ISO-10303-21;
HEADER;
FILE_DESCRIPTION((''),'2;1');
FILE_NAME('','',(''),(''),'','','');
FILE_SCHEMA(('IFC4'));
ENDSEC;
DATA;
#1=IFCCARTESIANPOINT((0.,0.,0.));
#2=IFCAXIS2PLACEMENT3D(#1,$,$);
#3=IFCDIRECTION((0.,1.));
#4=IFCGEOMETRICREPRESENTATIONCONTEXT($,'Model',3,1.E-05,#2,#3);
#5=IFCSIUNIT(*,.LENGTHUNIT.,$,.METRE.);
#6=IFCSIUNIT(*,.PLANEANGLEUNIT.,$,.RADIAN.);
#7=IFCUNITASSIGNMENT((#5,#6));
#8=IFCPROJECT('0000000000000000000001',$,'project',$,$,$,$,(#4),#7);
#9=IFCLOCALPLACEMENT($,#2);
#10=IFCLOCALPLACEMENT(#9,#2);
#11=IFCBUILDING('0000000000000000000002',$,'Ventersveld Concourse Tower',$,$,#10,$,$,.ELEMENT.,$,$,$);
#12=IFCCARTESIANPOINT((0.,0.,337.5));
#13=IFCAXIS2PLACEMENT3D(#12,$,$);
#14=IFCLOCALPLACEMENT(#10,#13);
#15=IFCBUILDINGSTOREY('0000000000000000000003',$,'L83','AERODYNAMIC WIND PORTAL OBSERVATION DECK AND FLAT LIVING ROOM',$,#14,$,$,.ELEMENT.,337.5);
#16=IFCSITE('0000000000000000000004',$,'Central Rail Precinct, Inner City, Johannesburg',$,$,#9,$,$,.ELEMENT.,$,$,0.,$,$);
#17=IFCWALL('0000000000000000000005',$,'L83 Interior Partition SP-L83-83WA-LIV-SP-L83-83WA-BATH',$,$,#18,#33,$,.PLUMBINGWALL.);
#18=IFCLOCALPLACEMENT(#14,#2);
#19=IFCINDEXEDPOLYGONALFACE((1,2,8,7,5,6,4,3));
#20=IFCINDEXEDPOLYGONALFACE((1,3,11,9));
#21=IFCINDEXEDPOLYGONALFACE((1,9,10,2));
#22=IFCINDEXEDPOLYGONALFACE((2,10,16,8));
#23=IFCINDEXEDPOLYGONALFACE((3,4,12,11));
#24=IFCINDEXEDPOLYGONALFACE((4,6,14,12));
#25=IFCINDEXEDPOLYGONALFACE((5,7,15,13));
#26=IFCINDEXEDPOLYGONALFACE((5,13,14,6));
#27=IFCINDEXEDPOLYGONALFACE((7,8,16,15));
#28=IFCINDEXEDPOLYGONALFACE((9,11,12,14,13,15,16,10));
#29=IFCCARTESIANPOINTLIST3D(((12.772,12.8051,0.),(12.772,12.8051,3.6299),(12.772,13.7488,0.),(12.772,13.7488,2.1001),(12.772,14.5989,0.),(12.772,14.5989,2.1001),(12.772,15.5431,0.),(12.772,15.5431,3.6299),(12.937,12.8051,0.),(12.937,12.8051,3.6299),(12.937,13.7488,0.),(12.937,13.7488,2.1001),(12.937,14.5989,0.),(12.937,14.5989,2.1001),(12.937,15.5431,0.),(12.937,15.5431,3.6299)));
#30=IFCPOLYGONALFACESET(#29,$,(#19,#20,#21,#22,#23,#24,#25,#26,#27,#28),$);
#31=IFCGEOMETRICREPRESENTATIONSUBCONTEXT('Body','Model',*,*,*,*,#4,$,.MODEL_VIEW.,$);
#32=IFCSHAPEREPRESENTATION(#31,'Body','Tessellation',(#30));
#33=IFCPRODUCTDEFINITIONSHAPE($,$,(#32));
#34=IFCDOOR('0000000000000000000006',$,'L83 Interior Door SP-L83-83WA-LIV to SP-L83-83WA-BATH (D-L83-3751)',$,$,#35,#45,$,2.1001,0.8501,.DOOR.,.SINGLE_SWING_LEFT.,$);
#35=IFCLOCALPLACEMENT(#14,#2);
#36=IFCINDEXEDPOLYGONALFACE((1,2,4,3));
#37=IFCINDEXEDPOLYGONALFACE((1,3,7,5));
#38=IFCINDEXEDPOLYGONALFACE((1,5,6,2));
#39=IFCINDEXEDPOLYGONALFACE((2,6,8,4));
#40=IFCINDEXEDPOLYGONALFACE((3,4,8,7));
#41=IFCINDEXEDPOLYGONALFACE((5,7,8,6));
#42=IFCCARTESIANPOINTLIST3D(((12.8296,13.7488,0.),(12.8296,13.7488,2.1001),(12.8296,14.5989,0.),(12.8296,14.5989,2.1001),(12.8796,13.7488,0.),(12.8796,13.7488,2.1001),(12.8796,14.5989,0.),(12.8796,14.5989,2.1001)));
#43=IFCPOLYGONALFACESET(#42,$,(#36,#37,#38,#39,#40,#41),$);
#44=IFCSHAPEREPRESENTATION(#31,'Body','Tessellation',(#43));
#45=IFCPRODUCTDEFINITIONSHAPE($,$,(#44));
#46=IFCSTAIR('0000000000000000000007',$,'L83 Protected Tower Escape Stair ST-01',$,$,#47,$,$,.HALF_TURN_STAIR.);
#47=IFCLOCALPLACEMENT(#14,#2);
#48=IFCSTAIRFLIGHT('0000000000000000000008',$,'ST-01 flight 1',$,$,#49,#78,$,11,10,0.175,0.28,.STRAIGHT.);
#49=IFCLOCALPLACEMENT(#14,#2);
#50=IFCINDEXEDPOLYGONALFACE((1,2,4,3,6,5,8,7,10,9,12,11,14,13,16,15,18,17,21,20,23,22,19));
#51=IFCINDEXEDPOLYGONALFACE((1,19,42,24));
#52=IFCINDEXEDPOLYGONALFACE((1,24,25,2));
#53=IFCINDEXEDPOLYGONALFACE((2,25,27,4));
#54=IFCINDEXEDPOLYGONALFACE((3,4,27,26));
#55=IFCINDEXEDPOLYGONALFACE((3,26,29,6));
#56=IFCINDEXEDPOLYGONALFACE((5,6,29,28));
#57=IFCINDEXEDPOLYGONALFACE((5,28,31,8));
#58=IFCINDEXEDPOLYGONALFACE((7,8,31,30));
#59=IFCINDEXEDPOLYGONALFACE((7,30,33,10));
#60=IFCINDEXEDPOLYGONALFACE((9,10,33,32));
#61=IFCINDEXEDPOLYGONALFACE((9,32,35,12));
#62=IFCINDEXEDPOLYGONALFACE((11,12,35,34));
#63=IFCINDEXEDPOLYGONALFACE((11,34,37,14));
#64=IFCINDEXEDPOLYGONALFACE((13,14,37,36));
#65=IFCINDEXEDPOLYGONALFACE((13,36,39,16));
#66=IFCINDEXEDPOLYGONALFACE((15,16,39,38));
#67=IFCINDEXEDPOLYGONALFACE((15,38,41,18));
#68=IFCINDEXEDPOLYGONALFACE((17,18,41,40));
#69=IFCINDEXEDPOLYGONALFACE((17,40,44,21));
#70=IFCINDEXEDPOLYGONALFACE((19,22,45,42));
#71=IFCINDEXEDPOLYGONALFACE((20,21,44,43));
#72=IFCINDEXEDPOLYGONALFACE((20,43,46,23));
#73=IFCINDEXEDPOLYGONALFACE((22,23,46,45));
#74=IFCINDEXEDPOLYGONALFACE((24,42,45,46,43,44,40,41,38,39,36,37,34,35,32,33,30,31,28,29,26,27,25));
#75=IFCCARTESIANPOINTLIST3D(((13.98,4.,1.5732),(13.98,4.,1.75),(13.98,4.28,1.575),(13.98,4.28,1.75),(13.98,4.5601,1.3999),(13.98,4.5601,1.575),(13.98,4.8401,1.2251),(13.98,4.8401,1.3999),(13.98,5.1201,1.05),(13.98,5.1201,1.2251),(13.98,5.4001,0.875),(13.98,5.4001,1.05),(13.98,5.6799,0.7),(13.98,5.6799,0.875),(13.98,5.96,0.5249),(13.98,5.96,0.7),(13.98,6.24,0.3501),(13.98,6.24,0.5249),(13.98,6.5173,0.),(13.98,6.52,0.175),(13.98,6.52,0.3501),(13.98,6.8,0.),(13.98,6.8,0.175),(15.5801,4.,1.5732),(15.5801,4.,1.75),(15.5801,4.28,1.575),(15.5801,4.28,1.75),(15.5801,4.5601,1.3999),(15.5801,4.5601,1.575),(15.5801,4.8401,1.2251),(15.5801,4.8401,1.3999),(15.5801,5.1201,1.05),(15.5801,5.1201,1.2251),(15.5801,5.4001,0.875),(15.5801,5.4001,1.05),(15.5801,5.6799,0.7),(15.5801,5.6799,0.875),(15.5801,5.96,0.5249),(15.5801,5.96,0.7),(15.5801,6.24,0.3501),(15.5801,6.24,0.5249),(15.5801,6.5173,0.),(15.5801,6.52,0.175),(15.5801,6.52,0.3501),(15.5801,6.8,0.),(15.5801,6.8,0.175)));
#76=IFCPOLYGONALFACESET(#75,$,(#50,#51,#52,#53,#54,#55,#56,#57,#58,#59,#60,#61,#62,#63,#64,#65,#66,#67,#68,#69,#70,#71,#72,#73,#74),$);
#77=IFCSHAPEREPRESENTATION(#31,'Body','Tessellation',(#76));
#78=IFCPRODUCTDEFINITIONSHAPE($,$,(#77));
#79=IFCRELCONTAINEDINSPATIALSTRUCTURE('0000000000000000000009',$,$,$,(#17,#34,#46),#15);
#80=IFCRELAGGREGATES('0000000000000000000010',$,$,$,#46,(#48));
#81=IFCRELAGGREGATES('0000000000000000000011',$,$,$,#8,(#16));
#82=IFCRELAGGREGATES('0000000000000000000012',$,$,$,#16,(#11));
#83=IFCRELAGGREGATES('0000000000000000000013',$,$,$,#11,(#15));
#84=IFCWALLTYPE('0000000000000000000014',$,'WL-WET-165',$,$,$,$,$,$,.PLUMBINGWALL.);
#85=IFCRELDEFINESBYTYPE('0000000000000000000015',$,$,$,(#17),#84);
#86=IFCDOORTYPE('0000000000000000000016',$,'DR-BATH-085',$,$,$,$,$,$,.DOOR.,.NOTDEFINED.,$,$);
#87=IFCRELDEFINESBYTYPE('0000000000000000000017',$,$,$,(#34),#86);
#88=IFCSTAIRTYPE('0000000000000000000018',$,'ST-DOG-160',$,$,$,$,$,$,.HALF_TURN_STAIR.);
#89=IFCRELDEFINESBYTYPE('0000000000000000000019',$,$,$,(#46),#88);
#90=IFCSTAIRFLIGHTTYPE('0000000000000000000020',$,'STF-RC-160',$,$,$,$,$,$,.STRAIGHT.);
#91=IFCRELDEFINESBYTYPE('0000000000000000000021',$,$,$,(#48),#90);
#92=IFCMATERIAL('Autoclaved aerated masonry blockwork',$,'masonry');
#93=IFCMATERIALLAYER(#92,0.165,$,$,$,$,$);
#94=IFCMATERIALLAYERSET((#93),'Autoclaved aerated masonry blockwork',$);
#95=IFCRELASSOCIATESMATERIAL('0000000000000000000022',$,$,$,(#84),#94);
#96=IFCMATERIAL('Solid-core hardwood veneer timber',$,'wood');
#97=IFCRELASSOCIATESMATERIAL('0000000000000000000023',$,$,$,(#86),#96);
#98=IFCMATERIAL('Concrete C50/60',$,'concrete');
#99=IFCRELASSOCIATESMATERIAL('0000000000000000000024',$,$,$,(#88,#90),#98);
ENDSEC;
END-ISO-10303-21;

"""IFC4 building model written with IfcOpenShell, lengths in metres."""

from ifc_helpers import new_model, si_unit, direction, frame, frame_2d, origin, place, context, subcontext, project, spatial, polyline, rectangle, outline, extrude, material, layer, layer_set, type_object, element, fill, aggregate, save


model = new_model("IFC4")

# Units and contexts
model_context = context("Model", 3, precision=1e-05, world=origin(), true_north=direction((0.0, 1.0)))
body_context = subcontext(model_context, "Body", "Model", "MODEL_VIEW")
ifc_project = project(units=[si_unit("LENGTHUNIT", "METRE"), si_unit("PLANEANGLEUNIT", "RADIAN")], contexts=[model_context])

# Site, building, storey
site_placement = place(None, origin())
site = spatial("IfcSite", under=ifc_project, at=site_placement, Name="Central Rail Precinct, Inner City, Johannesburg", CompositionType="ELEMENT", RefElevation=0.0)
building_placement = place(site_placement, origin())
building = spatial("IfcBuilding", under=site, at=building_placement, Name="Ventersveld Concourse Tower", CompositionType="ELEMENT")
storey_placement = place(building_placement, frame((0.0, 0.0, 337.5)))
storey = spatial("IfcBuildingStorey", under=building, at=storey_placement, Name="L83", Description="AERODYNAMIC WIND PORTAL OBSERVATION DECK AND FLAT LIVING ROOM", CompositionType="ELEMENT", Elevation=337.5)

# Shared definitions
ifc_material_1 = material(Name="Concrete C50/60", Category="concrete")

# Shared definitions
ifc_material_2 = material(Name="Solid-core hardwood veneer timber", Category="wood")

# Wall, opening, door
ifc_material_3 = material(Name="Autoclaved aerated masonry blockwork", Category="masonry")
ifc_layer_1 = layer(ifc_material_3, 0.165)
ifc_layer_set_1 = layer_set([ifc_layer_1], Name="Autoclaved aerated masonry blockwork")
wall_type_1 = type_object("IfcWallType", Name="WL-WET-165", PredefinedType="PLUMBINGWALL", material=ifc_layer_set_1)
wall_1_placement = place(storey_placement, frame((12.8545, 12.8049, 0.0), z_axis=(0.0, 0.0, 1.0), x_axis=(0.0, 1.0, 0.0)))
wall_1 = element("IfcWall", 1, at=wall_1_placement, inside=storey, type_object=wall_type_1, Name="L83 Interior Partition SP-L83-83WA-LIV-SP-L83-83WA-BATH", PredefinedType="PLUMBINGWALL", context=body_context, shape_type="SweptSolid", body=[
    extrude(rectangle(XDim=2.738, YDim=0.165, at=frame_2d((1.3691, 0.0))), origin(), (0.0, 0.0, 1.0), 3.6299),
])
opening_1_placement = place(wall_1_placement, frame((0.9438, 0.0, 0.0)))
opening_1 = element("IfcOpeningElement", 2, at=opening_1_placement, cuts=wall_1, PredefinedType="OPENING", context=body_context, shape_type="SweptSolid", body=[
    extrude(rectangle(XDim=0.8501, YDim=2.1001, at=frame_2d((0.425, 1.05))), frame((0.0, 0.0925, 0.0), z_axis=(0.0, -1.0, 0.0), x_axis=(1.0, 0.0, 0.0)), (0.0, 0.0, 1.0), 0.1851),
])
door_type_1 = type_object("IfcDoorType", Name="DR-BATH-085", OperationType="NOTDEFINED", PredefinedType="DOOR", material=ifc_material_2)
door_1_placement = place(opening_1_placement, origin())
door_1 = element("IfcDoor", 3, at=door_1_placement, inside=storey, type_object=door_type_1, Name="L83 Interior Door SP-L83-83WA-LIV to SP-L83-83WA-BATH (D-L83-3751)", OperationType="SINGLE_SWING_LEFT", OverallHeight=2.1001, OverallWidth=0.8501, PredefinedType="DOOR", context=body_context, shape_type="SweptSolid", body=[
    extrude(rectangle(XDim=0.8501, YDim=2.1001, at=frame_2d((0.425, 1.05))), frame((0.0, 0.0249, 0.0), z_axis=(0.0, -1.0, 0.0), x_axis=(1.0, 0.0, 0.0)), (0.0, 0.0, 1.0), 0.05),
])
fill(opening_1, door_1)

# Stair, stair flight
stair_type = type_object("IfcStairType", Name="ST-DOG-160", PredefinedType="HALF_TURN_STAIR", material=ifc_material_1)
stair_placement = place(storey_placement, origin())
stair = element("IfcStair", 4, at=stair_placement, inside=storey, type_object=stair_type, Name="L83 Protected Tower Escape Stair ST-01", PredefinedType="HALF_TURN_STAIR")
stair_flight_type = type_object("IfcStairFlightType", Name="STF-RC-160", PredefinedType="STRAIGHT", material=ifc_material_1)
stair_flight_placement = place(storey_placement, frame((14.78, 6.8, 0.0), z_axis=(0.0, 0.0, 1.0), x_axis=(0.0, -1.0, 0.0)))
stair_flight = element("IfcStairFlight", 5, at=stair_flight_placement, type_object=stair_flight_type, Name="ST-01 flight 1", NumberOfRisers=11, NumberOfTreads=10, PredefinedType="STRAIGHT", RiserHeight=0.175, TreadLength=0.28, context=body_context, shape_type="SweptSolid", body=[
    extrude(outline(polyline([(0.0, 0.0), (0.0, 0.175), (0.28, 0.175), (0.28, 0.3501), (0.5601, 0.3501), (0.5601, 0.5249), (0.8401, 0.5249), (0.8401, 0.7), (1.1201, 0.7), (1.1201, 0.875), (1.3999, 0.875), (1.3999, 1.05), (1.6799, 1.05), (1.6799, 1.2251), (1.96, 1.2251), (1.96, 1.3999), (2.24, 1.3999), (2.24, 1.575), (2.52, 1.575), (2.52, 1.75), (2.8, 1.75), (2.8, 1.925), (2.8, 1.5732), (0.2827, 0.0), (0.0, 0.0)])), frame((0.0, 0.8, 0.0), z_axis=(0.0, -1.0, 0.0), x_axis=(1.0, 0.0, 0.0)), (0.0, 0.0, 1.0), 1.6001),
])
aggregate(stair, [stair_flight])

save(model, "model.ifc")
